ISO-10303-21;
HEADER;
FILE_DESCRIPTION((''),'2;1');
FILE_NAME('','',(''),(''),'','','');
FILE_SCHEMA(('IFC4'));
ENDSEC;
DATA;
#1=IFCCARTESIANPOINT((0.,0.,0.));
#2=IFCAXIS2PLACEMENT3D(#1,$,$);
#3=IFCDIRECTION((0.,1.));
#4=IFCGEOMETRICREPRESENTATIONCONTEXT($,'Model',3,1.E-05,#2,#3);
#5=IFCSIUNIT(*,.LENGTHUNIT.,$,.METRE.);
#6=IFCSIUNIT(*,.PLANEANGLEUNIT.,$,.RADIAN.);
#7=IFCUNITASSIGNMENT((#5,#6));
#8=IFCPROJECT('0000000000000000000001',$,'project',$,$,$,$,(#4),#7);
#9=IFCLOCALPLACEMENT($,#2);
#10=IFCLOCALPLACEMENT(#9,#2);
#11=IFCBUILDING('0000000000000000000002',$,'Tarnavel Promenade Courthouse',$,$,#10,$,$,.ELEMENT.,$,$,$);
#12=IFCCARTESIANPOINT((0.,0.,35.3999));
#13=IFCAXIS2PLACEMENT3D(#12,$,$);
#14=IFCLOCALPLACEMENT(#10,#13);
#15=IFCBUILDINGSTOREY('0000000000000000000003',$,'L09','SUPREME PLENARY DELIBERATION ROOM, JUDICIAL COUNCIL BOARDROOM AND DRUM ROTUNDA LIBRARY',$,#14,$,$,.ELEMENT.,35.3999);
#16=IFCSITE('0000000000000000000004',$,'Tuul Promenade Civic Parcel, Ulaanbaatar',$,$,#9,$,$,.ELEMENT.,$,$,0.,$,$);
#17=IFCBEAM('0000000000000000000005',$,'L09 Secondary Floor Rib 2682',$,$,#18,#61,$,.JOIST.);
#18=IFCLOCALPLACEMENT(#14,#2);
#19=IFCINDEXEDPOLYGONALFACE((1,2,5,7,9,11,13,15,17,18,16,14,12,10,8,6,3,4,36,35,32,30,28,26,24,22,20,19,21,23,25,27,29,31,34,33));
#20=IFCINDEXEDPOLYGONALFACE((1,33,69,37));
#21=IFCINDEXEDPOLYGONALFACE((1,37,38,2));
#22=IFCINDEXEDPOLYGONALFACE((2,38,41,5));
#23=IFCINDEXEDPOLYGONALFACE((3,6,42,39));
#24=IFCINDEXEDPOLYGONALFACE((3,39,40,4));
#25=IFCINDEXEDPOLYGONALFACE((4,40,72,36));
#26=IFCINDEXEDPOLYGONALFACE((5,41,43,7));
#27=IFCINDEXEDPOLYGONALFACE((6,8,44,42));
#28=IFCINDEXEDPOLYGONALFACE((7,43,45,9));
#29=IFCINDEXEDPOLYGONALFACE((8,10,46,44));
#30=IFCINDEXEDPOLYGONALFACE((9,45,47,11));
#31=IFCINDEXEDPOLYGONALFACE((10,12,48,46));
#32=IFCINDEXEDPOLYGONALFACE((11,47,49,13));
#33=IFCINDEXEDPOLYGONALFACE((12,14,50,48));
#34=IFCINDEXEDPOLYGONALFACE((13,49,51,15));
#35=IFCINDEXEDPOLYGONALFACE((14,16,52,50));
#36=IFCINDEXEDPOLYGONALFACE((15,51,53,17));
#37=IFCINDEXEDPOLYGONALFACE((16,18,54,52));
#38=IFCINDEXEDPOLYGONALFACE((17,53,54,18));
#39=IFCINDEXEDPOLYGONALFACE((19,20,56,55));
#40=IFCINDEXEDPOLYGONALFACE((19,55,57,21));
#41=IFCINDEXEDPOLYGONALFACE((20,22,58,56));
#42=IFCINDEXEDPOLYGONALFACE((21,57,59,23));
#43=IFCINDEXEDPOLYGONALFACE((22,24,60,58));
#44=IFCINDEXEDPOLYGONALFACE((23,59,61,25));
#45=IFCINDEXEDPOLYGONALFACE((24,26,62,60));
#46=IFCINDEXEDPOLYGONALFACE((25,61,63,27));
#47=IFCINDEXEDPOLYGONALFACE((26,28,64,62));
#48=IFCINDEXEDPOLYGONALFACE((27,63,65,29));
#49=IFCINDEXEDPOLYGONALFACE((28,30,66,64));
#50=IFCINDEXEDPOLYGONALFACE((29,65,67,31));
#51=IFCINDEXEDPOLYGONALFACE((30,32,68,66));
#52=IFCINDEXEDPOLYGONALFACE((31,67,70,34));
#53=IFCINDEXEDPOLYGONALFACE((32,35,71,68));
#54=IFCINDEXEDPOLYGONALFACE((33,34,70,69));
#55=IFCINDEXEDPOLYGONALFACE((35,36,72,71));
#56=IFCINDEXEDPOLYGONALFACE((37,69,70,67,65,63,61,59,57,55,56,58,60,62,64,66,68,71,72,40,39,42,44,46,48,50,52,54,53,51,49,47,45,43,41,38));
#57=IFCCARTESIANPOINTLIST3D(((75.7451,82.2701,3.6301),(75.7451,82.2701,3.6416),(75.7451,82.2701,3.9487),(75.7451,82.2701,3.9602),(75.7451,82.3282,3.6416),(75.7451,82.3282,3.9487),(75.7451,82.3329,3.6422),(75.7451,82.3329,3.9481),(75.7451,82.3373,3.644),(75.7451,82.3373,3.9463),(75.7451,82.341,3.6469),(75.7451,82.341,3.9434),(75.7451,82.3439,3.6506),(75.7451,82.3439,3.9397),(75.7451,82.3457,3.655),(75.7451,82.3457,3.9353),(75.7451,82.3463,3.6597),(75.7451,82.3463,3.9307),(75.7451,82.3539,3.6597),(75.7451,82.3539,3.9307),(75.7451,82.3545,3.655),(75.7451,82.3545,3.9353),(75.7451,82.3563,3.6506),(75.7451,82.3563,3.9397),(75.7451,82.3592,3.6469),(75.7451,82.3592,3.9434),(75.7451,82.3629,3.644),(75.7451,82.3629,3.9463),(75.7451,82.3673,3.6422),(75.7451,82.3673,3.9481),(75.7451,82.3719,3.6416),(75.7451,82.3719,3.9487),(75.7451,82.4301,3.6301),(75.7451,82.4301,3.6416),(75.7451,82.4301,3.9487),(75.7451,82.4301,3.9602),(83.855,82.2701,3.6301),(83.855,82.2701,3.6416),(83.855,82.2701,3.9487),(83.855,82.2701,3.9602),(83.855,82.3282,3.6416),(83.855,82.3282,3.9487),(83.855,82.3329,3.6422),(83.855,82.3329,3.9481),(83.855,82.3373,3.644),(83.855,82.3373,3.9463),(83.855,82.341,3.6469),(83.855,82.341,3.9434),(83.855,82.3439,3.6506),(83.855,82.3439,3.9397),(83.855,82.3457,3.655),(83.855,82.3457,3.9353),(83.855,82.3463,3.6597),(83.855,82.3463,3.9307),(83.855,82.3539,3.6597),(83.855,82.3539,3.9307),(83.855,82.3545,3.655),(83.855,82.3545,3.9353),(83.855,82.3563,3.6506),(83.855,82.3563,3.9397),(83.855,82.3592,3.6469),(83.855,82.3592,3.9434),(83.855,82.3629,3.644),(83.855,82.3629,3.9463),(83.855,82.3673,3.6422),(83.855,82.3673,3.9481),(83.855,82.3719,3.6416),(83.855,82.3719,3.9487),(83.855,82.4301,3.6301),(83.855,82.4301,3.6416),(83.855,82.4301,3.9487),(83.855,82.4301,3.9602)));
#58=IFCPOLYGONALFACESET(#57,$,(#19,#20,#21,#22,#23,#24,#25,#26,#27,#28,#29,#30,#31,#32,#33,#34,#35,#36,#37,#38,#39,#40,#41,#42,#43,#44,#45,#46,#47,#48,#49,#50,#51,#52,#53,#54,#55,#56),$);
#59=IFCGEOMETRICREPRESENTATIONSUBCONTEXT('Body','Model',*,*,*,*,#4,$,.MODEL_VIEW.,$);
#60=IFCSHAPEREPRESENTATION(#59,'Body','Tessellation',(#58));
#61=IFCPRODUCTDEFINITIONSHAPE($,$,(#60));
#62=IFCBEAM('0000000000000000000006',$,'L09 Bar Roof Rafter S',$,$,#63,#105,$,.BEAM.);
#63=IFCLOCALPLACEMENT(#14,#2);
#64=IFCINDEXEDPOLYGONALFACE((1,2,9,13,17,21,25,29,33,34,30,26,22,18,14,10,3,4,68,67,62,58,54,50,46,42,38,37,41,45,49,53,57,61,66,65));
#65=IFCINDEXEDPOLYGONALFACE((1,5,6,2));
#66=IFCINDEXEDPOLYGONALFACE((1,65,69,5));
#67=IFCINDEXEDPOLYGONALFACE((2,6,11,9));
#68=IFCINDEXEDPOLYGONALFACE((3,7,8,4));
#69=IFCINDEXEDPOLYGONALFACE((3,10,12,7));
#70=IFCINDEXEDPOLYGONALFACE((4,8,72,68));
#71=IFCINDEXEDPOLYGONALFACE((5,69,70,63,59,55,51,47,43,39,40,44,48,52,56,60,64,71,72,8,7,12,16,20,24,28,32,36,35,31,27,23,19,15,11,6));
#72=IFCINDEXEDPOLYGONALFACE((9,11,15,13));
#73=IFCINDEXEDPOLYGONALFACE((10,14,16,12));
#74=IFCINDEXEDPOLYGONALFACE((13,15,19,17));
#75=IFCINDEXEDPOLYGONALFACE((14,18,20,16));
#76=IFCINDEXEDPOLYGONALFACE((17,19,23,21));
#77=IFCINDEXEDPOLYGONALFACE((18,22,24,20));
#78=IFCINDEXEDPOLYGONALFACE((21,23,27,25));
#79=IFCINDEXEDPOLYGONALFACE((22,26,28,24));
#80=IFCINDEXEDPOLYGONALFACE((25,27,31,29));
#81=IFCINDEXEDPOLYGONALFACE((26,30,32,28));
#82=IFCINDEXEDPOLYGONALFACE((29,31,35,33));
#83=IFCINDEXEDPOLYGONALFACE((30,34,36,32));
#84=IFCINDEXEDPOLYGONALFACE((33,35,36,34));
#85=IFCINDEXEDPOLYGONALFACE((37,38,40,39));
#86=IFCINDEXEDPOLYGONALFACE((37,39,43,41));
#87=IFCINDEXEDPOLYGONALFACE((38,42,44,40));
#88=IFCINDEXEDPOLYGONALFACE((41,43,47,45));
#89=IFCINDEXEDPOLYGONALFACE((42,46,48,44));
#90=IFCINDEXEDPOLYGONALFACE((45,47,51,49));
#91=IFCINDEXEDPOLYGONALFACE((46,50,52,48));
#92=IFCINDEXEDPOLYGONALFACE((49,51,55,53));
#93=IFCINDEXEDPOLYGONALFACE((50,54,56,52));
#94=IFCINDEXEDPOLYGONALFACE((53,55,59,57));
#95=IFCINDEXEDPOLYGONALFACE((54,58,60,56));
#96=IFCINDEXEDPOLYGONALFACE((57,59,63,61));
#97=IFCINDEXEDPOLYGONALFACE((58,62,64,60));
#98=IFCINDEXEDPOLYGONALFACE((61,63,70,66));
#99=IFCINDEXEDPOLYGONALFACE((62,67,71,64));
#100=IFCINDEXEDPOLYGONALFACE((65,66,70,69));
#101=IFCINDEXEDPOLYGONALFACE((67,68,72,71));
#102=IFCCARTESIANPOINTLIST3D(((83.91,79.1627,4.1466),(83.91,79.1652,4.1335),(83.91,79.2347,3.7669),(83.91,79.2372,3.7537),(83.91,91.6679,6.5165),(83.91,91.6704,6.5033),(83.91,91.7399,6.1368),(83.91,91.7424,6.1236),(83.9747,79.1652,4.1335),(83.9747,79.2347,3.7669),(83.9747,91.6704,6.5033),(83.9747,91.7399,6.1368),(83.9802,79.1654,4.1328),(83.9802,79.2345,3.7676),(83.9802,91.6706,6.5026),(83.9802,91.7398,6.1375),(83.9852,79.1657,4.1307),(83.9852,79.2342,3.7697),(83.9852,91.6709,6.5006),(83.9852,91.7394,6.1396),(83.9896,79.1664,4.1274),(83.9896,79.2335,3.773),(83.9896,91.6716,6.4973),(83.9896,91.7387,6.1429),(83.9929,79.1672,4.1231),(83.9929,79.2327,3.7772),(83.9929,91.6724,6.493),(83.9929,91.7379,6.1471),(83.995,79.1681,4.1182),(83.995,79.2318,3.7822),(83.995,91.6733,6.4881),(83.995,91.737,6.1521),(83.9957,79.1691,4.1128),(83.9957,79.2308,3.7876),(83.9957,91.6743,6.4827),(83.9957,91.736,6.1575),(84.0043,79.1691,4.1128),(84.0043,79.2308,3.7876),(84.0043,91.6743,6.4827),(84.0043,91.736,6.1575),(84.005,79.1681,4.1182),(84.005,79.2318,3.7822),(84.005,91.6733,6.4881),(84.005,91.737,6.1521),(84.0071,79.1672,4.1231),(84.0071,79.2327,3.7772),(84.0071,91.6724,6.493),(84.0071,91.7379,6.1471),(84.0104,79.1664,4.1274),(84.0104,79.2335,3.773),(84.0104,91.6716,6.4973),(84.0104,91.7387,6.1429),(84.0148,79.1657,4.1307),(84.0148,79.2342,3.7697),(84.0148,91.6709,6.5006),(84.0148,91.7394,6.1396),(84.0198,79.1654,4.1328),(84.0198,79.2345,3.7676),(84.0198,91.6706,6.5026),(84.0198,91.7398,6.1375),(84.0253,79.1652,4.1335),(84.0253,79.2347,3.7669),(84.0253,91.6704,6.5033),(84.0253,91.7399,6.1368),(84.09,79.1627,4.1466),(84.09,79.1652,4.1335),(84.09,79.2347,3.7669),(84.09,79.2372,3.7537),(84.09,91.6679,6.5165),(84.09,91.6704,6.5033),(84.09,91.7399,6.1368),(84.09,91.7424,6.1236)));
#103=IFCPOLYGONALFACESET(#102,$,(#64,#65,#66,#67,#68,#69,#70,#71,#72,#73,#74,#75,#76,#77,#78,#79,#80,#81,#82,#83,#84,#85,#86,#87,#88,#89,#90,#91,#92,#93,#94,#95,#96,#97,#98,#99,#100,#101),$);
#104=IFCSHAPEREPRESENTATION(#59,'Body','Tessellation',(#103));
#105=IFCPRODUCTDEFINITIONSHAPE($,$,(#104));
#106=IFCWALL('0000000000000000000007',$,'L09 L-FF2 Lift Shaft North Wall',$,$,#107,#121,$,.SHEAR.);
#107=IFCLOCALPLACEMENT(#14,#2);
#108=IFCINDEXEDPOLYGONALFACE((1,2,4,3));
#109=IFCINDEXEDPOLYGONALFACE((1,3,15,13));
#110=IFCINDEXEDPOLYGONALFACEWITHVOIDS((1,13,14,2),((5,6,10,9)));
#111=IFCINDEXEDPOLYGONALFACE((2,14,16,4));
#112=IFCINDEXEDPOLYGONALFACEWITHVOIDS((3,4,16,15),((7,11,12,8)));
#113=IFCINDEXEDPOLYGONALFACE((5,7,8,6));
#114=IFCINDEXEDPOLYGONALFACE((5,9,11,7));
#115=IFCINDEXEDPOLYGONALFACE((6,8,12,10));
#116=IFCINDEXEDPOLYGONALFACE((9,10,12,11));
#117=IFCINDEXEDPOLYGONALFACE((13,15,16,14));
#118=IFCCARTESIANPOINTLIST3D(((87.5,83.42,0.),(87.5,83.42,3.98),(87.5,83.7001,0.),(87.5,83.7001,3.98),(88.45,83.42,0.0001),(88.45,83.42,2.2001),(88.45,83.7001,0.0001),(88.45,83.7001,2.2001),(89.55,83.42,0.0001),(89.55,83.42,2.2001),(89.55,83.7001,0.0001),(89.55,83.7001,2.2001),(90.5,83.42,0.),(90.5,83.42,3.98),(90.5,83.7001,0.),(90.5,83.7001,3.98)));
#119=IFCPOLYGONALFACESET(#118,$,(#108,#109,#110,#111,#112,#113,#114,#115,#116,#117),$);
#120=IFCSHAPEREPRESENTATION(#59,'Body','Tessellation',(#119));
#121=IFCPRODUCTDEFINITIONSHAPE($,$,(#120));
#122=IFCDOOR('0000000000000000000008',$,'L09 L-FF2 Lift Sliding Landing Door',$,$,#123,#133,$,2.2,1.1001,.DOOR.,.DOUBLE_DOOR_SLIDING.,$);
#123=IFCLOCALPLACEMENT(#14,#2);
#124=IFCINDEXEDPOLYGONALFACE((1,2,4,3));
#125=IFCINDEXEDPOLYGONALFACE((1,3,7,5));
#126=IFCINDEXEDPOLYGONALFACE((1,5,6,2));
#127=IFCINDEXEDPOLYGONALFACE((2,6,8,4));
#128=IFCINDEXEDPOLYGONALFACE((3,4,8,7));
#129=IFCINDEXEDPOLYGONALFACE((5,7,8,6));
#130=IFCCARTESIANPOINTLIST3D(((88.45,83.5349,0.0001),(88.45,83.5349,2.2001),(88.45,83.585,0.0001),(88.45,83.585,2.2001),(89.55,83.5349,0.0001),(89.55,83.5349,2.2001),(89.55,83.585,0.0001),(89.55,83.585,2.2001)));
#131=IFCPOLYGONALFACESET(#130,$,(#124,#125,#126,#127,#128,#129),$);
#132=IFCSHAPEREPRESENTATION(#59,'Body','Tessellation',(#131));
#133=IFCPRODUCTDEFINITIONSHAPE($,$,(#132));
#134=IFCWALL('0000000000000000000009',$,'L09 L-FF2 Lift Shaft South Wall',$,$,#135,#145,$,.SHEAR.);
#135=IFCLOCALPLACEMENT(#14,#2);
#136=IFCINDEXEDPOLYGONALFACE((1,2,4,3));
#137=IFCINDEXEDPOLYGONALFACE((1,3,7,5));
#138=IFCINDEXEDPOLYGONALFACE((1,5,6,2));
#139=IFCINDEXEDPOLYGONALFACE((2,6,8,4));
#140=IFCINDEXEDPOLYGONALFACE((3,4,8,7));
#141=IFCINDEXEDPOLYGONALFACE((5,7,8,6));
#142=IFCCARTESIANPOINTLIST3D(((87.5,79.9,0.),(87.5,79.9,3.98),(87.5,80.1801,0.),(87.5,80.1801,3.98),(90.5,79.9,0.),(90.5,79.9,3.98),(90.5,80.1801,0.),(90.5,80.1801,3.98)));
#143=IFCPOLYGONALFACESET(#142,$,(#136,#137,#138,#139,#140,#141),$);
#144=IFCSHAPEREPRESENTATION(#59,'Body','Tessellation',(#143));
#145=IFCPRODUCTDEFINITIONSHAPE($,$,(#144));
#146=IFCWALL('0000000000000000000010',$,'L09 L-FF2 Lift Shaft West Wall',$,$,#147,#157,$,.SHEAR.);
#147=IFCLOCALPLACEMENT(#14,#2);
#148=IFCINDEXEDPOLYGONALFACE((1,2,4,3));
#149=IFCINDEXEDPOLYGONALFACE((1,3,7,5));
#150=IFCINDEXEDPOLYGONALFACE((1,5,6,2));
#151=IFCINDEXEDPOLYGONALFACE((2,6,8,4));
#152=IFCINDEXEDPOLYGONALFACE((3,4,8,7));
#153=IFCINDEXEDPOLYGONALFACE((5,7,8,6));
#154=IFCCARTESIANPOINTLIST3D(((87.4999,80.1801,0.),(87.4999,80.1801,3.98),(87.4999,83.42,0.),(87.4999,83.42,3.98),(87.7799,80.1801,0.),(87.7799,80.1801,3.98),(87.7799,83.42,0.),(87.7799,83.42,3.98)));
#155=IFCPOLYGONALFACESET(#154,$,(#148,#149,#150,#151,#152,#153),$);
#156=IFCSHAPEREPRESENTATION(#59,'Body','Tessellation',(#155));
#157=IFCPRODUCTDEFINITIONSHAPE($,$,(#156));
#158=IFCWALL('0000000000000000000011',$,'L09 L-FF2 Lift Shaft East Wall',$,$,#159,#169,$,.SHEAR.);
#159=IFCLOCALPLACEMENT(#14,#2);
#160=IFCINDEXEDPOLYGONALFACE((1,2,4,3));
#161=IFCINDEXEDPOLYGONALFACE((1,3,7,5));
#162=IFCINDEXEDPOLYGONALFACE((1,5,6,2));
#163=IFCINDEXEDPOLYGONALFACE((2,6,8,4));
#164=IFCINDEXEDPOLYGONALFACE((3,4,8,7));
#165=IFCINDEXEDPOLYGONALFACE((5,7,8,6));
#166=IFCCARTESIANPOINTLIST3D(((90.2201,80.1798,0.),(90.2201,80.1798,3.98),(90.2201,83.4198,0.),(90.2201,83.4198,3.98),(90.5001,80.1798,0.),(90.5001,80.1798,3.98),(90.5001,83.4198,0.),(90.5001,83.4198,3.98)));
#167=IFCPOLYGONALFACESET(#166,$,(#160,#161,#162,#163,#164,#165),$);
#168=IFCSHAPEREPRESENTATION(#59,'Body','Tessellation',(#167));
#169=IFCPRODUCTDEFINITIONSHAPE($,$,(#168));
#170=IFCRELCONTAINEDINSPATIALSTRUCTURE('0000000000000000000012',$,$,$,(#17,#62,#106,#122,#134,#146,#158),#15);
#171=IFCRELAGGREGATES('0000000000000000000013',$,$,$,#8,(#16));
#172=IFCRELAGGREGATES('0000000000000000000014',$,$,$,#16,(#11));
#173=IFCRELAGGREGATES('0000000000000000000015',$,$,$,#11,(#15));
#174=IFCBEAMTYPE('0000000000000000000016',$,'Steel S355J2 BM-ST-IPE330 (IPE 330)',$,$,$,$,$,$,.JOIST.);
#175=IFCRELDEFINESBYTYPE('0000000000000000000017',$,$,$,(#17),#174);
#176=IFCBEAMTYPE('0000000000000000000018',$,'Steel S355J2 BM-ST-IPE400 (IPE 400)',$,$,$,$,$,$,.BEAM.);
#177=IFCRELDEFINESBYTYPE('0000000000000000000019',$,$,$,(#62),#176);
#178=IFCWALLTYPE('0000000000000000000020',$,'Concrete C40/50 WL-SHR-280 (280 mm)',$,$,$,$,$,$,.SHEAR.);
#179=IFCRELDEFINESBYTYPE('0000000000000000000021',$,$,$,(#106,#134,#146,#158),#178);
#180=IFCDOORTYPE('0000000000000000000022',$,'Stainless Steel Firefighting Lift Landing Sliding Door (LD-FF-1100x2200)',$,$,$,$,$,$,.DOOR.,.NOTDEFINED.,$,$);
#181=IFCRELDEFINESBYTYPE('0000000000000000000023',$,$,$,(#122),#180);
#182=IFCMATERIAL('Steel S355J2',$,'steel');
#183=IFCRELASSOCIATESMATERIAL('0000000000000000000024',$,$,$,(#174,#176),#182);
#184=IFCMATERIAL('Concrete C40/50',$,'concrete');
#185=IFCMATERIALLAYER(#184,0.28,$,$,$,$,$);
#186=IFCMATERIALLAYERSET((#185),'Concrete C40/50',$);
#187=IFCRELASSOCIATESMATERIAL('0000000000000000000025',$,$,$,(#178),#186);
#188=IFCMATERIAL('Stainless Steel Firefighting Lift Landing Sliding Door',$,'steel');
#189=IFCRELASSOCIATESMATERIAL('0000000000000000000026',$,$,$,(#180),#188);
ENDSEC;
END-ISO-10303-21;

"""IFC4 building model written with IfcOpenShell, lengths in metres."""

from ifc_helpers import new_model, si_unit, direction, frame, frame_2d, origin, origin_2d, place, context, subcontext, project, spatial, rectangle, i_section, extrude, material, layer, layer_set, material_profile, profile_set, type_object, element, fill, save


model = new_model("IFC4")

# Units and contexts
model_context = context("Model", 3, precision=1e-05, world=origin(), true_north=direction((0.0, 1.0)))
body_context = subcontext(model_context, "Body", "Model", "MODEL_VIEW")
ifc_project = project(units=[si_unit("LENGTHUNIT", "METRE"), si_unit("PLANEANGLEUNIT", "RADIAN")], contexts=[model_context])

# Site, building, storey
site_placement = place(None, origin())
site = spatial("IfcSite", under=ifc_project, at=site_placement, Name="Tuul Promenade Civic Parcel, Ulaanbaatar", CompositionType="ELEMENT", RefElevation=0.0)
building_placement = place(site_placement, origin())
building = spatial("IfcBuilding", under=site, at=building_placement, Name="Tarnavel Promenade Courthouse", CompositionType="ELEMENT")
storey_placement = place(building_placement, frame((0.0, 0.0, 35.3999)))
storey = spatial("IfcBuildingStorey", under=building, at=storey_placement, Name="L09", Description="SUPREME PLENARY DELIBERATION ROOM, JUDICIAL COUNCIL BOARDROOM AND DRUM ROTUNDA LIBRARY", CompositionType="ELEMENT", Elevation=35.3999)

# Shared definitions
ifc_material_1 = material(Name="Concrete C40/50", Category="concrete")

# Beams
ifc_material_2 = material(Name="Steel S355J2", Category="steel")
ifc_material_profile_1 = material_profile(ifc_material_2, i_section(OverallWidth=0.1599, OverallDepth=0.3301, WebThickness=0.0076, FlangeThickness=0.0115, FilletRadius=0.0181, at=origin_2d()), Name="IPE 330")
ifc_profile_set_1 = profile_set([ifc_material_profile_1], Name="Steel S355J2")
beam_type_1 = type_object("IfcBeamType", Name="Steel S355J2 BM-ST-IPE330 (IPE 330)", PredefinedType="JOIST", material=ifc_profile_set_1)
for number, where, z_axis, x_axis, name in (
    (1, (75.7451, 82.3501, 3.7952), (1.0, 0.0, 0.0), (0.0, 1.0, 0.0), "L09 Secondary Floor Rib 2682"),
):
    element("IfcBeam", number, at=place(storey_placement, frame(where, z_axis=z_axis, x_axis=x_axis)), inside=storey, type_object=beam_type_1, Name=name, PredefinedType="JOIST", context=body_context, shape_type="SweptSolid", body=[
        extrude(i_section(OverallWidth=0.1599, OverallDepth=0.3301, WebThickness=0.0076, FlangeThickness=0.0115, FilletRadius=0.0181, at=origin_2d()), origin(), (0.0, 0.0, 1.0), 8.1099),
    ])
ifc_material_profile_2 = material_profile(ifc_material_2, i_section(OverallWidth=0.1799, OverallDepth=0.3999, WebThickness=0.0085, FlangeThickness=0.0134, FilletRadius=0.021, at=origin_2d()), Name="IPE 400")
ifc_profile_set_2 = profile_set([ifc_material_profile_2], Name="Steel S355J2")
beam_type_2 = type_object("IfcBeamType", Name="Steel S355J2 BM-ST-IPE400 (IPE 400)", PredefinedType="BEAM", material=ifc_profile_set_2)
beam_1_placement = place(storey_placement, frame((84.0, 79.2, 3.9502), z_axis=(0.0, 0.982512, 0.186198), x_axis=(-1.0, 0.0, 0.0)))
element("IfcBeam", 2, at=beam_1_placement, inside=storey, type_object=beam_type_2, Name="L09 Bar Roof Rafter S", PredefinedType="BEAM", context=body_context, shape_type="SweptSolid", body=[
    extrude(i_section(OverallWidth=0.1799, OverallDepth=0.3999, WebThickness=0.0085, FlangeThickness=0.0134, FilletRadius=0.021, at=origin_2d()), origin(), (0.0, 0.0, 1.0), 12.7278),
])

# Wall, opening, door
ifc_layer_1 = layer(ifc_material_1, 0.28)
ifc_layer_set_1 = layer_set([ifc_layer_1], Name="Concrete C40/50")
wall_type_1 = type_object("IfcWallType", Name="Concrete C40/50 WL-SHR-280 (280 mm)", PredefinedType="SHEAR", material=ifc_layer_set_1)
wall_1_placement = place(storey_placement, frame((87.5, 83.5601, 0.0), z_axis=(0.0, 0.0, 1.0), x_axis=(1.0, 0.0, 0.0)))
wall_1 = element("IfcWall", 3, at=wall_1_placement, inside=storey, type_object=wall_type_1, Name="L09 L-FF2 Lift Shaft North Wall", PredefinedType="SHEAR", context=body_context, shape_type="SweptSolid", body=[
    extrude(rectangle(XDim=3.0, YDim=0.28, at=frame_2d((1.5, 0.0))), origin(), (0.0, 0.0, 1.0), 3.98),
])
opening_1_placement = place(wall_1_placement, frame((0.95, 0.0, 0.0)))
opening_1 = element("IfcOpeningElement", 4, at=opening_1_placement, cuts=wall_1, PredefinedType="OPENING", context=body_context, shape_type="SweptSolid", body=[
    extrude(rectangle(XDim=1.1001, YDim=2.2, at=frame_2d((0.55, 1.1001))), frame((0.0, 0.1499, 0.0), z_axis=(0.0, -1.0, 0.0), x_axis=(1.0, 0.0, 0.0)), (0.0, 0.0, 1.0), 0.3),
])
ifc_material_3 = material(Name="Stainless Steel Firefighting Lift Landing Sliding Door", Category="steel")
door_type_1 = type_object("IfcDoorType", Name="Stainless Steel Firefighting Lift Landing Sliding Door (LD-FF-1100x2200)", OperationType="NOTDEFINED", PredefinedType="DOOR", material=ifc_material_3)
door_1_placement = place(opening_1_placement, origin())
door_1 = element("IfcDoor", 5, at=door_1_placement, inside=storey, type_object=door_type_1, Name="L09 L-FF2 Lift Sliding Landing Door", OperationType="DOUBLE_DOOR_SLIDING", OverallHeight=2.2, OverallWidth=1.1001, PredefinedType="DOOR", context=body_context, shape_type="SweptSolid", body=[
    extrude(rectangle(XDim=1.1001, YDim=2.2, at=frame_2d((0.55, 1.1001))), frame((0.0, 0.0249, 0.0), z_axis=(0.0, -1.0, 0.0), x_axis=(1.0, 0.0, 0.0)), (0.0, 0.0, 1.0), 0.05),
])
fill(opening_1, door_1)

# Walls
wall_2_placement = place(storey_placement, frame((90.5, 80.04, 0.0), z_axis=(0.0, 0.0, 1.0), x_axis=(-1.0, 0.0, 0.0)))
element("IfcWall", 6, at=wall_2_placement, inside=storey, type_object=wall_type_1, Name="L09 L-FF2 Lift Shaft South Wall", PredefinedType="SHEAR", context=body_context, shape_type="SweptSolid", body=[
    extrude(rectangle(XDim=3.0, YDim=0.28, at=frame_2d((1.5, 0.0))), origin(), (0.0, 0.0, 1.0), 3.98),
])
for number, where, z_axis, x_axis, name in (
    (7, (87.6399, 80.1799, 0.0), (0.0, 0.0, 1.0), (0.0, 1.0, 0.0), "L09 L-FF2 Lift Shaft West Wall"),
    (8, (90.3601, 83.4199, 0.0), (0.0, 0.0, 1.0), (0.0, -1.0, 0.0), "L09 L-FF2 Lift Shaft East Wall"),
):
    element("IfcWall", number, at=place(storey_placement, frame(where, z_axis=z_axis, x_axis=x_axis)), inside=storey, type_object=wall_type_1, Name=name, PredefinedType="SHEAR", context=body_context, shape_type="SweptSolid", body=[
        extrude(rectangle(XDim=3.24, YDim=0.28, at=frame_2d((1.6201, 0.0))), origin(), (0.0, 0.0, 1.0), 3.98),
    ])

save(model, "model.ifc")
